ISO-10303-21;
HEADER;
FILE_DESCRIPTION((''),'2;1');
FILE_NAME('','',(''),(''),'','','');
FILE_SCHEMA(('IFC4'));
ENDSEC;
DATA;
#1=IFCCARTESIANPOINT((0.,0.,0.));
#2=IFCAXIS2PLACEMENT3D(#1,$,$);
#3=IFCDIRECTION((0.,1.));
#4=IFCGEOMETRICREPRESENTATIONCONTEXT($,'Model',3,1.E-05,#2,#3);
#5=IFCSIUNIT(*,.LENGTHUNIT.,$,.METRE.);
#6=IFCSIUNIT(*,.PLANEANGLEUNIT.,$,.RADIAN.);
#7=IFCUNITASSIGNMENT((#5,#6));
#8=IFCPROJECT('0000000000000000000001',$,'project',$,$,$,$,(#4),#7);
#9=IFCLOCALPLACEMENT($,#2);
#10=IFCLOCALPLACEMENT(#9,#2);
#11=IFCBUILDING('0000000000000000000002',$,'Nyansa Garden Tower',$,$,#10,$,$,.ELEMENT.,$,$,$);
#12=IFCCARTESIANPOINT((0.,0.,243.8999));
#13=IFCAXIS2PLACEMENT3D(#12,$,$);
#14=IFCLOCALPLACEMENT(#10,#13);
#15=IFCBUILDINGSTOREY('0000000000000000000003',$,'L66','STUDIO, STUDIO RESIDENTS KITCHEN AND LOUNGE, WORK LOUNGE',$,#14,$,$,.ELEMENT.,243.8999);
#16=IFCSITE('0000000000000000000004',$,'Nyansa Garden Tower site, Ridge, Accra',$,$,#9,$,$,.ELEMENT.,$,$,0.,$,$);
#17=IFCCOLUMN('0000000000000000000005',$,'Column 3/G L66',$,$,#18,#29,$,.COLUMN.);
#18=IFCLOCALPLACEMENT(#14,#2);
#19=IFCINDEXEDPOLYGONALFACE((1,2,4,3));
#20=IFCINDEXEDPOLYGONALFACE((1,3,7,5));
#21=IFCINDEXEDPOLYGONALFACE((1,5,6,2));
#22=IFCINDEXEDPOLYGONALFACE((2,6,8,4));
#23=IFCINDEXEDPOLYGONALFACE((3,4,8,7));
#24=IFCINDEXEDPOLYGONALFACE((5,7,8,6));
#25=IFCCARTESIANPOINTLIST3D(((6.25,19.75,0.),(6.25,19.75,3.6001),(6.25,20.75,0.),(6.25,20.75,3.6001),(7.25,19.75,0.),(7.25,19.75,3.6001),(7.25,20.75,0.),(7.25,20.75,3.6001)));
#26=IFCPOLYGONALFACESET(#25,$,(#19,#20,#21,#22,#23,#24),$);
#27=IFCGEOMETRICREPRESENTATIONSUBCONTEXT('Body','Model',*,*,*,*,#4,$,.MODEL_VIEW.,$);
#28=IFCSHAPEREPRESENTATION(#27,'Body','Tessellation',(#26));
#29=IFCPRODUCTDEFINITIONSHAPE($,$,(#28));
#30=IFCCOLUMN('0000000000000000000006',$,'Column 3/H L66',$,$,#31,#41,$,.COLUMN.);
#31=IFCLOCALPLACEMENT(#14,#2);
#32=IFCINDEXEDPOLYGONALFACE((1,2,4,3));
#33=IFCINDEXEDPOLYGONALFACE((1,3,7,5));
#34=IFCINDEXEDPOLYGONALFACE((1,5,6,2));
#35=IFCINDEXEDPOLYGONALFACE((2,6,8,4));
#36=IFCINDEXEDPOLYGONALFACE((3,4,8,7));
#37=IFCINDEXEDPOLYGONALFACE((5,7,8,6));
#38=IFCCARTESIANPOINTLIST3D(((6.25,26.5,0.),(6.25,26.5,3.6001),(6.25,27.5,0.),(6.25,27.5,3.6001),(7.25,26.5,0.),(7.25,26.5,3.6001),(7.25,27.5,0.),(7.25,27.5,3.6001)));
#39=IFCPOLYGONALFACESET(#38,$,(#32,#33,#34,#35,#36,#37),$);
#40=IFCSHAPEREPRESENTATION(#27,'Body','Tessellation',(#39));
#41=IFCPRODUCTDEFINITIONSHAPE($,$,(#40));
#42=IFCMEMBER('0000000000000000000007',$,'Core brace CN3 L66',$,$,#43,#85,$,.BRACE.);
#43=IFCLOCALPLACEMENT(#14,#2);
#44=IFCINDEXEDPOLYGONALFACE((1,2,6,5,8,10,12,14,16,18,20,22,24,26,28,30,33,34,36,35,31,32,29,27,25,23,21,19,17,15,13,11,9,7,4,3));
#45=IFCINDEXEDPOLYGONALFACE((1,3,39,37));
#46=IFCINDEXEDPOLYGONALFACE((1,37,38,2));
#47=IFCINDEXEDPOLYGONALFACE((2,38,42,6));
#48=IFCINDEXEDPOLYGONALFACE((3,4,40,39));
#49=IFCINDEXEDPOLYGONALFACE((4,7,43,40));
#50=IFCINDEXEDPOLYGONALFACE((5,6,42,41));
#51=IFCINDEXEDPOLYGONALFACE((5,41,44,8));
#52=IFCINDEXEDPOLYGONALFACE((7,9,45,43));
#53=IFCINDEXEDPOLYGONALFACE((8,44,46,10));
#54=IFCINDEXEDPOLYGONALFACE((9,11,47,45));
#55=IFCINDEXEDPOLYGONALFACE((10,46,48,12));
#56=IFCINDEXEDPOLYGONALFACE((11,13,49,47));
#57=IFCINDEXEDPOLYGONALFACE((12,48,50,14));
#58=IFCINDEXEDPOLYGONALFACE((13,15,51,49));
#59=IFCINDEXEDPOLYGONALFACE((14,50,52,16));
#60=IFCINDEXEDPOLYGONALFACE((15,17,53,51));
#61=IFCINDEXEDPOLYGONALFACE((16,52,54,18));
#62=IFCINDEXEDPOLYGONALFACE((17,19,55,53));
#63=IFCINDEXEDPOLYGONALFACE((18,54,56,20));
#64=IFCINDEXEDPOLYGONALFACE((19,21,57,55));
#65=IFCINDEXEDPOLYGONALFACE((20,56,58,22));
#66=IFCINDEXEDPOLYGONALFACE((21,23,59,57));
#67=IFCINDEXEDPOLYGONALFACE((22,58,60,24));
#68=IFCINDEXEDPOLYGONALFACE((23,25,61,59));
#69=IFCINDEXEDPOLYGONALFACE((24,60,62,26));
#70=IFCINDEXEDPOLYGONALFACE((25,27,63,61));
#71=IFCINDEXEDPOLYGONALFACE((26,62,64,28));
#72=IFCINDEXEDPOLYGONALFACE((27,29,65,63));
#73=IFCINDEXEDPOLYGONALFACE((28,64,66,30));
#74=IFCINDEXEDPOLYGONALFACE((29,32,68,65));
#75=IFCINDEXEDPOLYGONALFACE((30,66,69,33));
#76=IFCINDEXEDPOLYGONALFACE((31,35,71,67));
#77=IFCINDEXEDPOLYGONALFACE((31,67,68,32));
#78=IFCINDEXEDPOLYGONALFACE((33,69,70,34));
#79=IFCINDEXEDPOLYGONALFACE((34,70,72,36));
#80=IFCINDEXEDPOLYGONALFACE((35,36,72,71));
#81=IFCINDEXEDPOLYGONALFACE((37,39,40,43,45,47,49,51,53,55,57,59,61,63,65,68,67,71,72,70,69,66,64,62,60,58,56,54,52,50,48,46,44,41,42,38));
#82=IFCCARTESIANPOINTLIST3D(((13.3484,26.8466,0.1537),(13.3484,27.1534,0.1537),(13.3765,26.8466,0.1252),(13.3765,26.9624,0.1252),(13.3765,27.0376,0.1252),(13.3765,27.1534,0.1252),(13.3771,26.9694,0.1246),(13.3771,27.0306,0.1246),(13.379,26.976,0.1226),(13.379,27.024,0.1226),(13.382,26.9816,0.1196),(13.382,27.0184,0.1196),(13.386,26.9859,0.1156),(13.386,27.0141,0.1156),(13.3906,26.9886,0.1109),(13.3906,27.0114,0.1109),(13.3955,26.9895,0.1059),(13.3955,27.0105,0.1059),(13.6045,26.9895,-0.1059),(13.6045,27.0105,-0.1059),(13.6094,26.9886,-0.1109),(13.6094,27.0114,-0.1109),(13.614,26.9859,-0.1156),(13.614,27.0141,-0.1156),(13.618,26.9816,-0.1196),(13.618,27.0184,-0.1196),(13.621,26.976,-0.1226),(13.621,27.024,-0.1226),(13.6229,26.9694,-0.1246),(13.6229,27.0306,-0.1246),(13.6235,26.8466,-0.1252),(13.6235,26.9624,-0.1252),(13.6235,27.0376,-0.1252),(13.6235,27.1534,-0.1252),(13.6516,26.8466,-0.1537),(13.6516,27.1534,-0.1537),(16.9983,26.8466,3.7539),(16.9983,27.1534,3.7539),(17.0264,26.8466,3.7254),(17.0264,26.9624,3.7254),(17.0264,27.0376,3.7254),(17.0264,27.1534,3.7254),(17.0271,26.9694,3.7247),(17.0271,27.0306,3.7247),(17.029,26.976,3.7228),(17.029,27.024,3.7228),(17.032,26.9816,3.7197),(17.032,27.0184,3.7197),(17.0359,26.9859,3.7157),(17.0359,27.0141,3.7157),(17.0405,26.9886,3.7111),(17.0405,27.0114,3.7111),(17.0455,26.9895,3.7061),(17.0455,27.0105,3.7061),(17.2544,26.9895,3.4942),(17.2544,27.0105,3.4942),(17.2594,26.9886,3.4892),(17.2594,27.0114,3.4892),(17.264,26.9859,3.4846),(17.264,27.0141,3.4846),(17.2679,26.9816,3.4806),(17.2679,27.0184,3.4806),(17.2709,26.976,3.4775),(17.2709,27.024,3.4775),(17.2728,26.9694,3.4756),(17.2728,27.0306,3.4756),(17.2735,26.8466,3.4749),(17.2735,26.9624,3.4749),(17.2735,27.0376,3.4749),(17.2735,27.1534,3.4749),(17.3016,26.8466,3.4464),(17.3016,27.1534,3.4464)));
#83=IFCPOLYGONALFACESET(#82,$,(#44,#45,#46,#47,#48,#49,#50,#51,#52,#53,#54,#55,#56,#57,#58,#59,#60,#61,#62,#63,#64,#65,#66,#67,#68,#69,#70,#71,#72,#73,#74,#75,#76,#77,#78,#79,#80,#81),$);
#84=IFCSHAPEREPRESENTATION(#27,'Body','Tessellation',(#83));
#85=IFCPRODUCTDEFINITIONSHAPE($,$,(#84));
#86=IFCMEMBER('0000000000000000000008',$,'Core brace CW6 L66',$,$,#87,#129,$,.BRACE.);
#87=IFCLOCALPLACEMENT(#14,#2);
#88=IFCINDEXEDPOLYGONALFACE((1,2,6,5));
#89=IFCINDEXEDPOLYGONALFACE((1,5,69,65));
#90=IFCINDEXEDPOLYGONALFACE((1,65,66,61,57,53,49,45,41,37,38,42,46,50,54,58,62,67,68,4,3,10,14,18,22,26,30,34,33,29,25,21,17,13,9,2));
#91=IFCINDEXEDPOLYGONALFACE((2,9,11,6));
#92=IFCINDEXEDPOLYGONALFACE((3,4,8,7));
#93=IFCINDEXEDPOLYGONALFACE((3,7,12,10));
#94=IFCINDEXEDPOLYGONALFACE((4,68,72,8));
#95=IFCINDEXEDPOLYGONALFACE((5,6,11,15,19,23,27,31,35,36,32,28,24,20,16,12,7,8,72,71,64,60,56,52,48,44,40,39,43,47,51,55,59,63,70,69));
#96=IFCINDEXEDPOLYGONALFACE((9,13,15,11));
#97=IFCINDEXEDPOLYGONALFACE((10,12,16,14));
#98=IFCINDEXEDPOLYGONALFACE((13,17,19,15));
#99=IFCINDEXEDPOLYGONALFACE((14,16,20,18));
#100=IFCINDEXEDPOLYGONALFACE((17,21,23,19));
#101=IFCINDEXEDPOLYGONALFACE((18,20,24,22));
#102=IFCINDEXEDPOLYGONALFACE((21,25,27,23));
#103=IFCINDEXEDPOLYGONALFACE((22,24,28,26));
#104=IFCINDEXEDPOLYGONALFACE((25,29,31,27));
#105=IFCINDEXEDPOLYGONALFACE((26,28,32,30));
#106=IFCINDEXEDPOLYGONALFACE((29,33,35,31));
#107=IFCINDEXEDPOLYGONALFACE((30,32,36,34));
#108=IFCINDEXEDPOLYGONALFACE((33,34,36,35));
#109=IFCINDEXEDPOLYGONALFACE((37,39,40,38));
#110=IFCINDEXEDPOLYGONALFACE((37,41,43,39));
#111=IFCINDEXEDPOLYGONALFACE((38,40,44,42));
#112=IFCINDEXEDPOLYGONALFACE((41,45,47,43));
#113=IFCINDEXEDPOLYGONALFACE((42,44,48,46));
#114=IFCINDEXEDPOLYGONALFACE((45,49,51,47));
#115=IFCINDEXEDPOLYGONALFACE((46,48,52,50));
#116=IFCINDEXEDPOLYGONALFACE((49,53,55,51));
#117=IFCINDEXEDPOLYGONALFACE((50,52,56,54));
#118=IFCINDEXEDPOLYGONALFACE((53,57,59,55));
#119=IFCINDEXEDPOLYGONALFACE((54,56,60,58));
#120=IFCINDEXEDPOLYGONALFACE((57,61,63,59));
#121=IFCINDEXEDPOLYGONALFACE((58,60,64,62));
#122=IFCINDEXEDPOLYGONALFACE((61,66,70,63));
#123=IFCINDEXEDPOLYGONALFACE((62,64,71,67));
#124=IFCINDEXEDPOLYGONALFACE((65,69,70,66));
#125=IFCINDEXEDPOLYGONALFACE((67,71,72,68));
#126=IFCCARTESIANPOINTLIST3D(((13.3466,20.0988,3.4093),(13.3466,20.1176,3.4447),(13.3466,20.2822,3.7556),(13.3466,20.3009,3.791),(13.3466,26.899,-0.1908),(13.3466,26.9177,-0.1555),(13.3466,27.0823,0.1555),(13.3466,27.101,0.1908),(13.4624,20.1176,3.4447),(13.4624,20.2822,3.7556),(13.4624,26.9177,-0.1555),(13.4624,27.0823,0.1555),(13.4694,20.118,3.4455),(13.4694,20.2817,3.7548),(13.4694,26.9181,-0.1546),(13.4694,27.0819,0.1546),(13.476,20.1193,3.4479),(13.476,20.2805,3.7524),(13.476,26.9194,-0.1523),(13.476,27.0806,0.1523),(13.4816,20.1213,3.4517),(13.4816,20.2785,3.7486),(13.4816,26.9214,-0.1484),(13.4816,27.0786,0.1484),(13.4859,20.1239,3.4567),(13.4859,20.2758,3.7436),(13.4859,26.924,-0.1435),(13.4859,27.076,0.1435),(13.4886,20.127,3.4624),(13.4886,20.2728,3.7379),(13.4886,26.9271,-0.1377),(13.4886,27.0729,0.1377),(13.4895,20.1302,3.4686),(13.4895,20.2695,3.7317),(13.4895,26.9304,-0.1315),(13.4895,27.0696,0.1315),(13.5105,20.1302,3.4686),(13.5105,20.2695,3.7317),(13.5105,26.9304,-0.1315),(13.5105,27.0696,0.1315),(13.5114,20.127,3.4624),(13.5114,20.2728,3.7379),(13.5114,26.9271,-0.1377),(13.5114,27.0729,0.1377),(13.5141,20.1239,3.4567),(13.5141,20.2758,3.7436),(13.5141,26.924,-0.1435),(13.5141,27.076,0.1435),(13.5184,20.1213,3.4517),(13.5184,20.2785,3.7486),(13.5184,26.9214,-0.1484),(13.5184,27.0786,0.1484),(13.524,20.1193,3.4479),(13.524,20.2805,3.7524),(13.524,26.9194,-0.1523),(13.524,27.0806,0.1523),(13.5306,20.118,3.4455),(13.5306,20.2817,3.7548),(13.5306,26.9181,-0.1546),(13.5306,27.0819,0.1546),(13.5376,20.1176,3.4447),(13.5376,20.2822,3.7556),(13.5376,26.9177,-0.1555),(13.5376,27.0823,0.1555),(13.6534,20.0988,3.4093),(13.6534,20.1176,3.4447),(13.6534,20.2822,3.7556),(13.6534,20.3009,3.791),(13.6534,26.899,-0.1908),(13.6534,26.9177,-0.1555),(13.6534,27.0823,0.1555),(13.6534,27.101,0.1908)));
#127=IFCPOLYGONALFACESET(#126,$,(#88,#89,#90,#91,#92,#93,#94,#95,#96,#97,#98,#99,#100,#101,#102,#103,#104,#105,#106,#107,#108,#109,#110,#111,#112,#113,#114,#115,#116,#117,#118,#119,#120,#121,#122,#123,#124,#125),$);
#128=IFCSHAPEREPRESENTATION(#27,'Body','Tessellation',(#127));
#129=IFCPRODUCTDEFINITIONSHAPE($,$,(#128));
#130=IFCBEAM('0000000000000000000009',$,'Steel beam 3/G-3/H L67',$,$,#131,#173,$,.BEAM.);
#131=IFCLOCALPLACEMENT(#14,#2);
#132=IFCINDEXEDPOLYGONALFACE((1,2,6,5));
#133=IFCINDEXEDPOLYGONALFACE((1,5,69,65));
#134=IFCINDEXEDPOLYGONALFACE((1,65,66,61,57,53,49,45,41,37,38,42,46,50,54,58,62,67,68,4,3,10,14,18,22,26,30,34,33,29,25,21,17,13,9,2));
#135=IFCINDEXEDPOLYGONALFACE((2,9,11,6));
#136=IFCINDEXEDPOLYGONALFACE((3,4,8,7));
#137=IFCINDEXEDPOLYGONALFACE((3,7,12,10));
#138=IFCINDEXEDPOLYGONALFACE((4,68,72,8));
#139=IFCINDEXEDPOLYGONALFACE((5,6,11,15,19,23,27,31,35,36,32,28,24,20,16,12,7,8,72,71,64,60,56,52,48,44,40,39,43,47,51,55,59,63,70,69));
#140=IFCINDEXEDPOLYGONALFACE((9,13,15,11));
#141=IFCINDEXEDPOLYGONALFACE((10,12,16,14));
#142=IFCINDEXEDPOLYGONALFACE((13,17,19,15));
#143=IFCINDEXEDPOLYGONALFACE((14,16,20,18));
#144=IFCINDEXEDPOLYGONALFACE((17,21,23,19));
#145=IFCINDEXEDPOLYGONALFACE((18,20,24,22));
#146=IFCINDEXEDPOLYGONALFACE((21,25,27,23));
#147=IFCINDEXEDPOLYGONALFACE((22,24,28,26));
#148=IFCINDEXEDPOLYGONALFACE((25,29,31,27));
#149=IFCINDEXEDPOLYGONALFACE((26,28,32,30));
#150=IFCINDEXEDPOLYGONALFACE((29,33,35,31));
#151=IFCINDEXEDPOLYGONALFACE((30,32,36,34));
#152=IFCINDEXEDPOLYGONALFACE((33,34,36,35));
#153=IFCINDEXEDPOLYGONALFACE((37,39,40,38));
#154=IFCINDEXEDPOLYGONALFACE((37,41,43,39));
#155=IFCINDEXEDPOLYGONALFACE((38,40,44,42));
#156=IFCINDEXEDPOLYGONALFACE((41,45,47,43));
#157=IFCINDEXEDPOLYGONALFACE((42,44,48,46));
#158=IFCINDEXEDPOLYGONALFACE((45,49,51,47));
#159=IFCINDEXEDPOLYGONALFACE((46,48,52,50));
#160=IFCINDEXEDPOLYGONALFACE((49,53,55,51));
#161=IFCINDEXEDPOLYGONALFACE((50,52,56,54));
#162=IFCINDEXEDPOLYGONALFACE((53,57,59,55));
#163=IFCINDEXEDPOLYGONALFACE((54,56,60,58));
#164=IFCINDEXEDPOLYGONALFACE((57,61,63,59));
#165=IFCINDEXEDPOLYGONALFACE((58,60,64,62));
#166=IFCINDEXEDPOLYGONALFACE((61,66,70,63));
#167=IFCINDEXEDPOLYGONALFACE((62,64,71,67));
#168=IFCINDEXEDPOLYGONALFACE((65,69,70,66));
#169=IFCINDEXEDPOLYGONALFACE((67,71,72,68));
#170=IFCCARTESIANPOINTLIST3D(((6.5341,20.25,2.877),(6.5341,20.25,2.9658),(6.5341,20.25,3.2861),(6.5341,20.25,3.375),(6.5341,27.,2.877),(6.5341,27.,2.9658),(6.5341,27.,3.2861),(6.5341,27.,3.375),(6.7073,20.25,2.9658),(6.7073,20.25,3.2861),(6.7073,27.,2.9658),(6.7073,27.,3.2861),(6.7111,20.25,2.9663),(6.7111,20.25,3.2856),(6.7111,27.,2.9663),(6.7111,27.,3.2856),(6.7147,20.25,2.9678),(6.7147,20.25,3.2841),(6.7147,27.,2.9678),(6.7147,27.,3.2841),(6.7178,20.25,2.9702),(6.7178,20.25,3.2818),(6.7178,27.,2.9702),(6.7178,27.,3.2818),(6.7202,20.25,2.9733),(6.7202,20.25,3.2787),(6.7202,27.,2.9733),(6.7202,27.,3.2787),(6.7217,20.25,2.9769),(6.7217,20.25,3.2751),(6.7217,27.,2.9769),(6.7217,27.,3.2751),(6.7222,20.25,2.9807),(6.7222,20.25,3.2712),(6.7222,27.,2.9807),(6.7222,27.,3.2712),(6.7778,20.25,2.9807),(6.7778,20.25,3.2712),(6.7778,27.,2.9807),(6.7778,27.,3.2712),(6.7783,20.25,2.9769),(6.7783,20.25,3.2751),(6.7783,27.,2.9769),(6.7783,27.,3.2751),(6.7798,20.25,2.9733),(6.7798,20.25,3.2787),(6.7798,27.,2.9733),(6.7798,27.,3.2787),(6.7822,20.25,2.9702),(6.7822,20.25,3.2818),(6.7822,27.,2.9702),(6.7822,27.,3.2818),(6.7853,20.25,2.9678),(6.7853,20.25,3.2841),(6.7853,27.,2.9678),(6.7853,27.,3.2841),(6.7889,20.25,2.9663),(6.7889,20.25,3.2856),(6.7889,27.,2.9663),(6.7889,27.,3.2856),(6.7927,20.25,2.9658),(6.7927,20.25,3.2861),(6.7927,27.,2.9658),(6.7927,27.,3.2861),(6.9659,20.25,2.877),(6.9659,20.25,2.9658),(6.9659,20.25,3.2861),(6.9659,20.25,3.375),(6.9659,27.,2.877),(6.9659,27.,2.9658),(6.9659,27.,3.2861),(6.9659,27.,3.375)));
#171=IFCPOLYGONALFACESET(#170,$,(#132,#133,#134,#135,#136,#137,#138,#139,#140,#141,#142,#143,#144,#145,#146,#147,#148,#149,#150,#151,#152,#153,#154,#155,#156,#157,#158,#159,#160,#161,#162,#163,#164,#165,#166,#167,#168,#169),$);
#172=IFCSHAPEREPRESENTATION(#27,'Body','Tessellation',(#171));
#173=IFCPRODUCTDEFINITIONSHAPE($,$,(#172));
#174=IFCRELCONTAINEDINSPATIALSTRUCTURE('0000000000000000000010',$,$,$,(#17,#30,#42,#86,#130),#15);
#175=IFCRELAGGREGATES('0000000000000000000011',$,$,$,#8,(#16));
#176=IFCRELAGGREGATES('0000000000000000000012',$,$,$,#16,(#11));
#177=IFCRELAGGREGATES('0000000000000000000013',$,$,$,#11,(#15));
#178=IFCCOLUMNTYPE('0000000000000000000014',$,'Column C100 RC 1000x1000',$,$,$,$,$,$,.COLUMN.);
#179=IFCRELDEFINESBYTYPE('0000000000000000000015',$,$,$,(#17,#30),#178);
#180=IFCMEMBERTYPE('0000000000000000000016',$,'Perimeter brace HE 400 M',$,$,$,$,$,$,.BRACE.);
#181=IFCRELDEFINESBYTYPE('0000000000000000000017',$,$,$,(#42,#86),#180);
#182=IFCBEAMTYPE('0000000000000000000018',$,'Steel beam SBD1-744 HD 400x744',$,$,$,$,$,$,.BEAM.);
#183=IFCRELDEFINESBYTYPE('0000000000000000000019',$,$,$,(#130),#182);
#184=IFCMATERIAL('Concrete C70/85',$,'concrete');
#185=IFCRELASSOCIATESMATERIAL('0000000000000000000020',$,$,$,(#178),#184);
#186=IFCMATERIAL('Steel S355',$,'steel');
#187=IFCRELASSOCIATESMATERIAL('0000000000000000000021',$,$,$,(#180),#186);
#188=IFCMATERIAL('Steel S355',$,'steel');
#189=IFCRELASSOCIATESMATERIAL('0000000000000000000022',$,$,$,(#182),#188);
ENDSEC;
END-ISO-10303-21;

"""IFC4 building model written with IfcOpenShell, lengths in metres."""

from ifc_helpers import new_model, si_unit, direction, frame, origin, origin_2d, place, context, subcontext, project, spatial, rectangle, i_section, extrude, material, material_profile, profile_set, type_object, element, save


model = new_model("IFC4")

# Units and contexts
model_context = context("Model", 3, precision=1e-05, world=origin(), true_north=direction((0.0, 1.0)))
body_context = subcontext(model_context, "Body", "Model", "MODEL_VIEW")
ifc_project = project(units=[si_unit("LENGTHUNIT", "METRE"), si_unit("PLANEANGLEUNIT", "RADIAN")], contexts=[model_context])

# Site, building, storey
site_placement = place(None, origin())
site = spatial("IfcSite", under=ifc_project, at=site_placement, Name="Nyansa Garden Tower site, Ridge, Accra", CompositionType="ELEMENT", RefElevation=0.0)
building_placement = place(site_placement, origin())
building = spatial("IfcBuilding", under=site, at=building_placement, Name="Nyansa Garden Tower", CompositionType="ELEMENT")
storey_placement = place(building_placement, frame((0.0, 0.0, 243.8999)))
storey = spatial("IfcBuildingStorey", under=building, at=storey_placement, Name="L66", Description="STUDIO, STUDIO RESIDENTS KITCHEN AND LOUNGE, WORK LOUNGE", CompositionType="ELEMENT", Elevation=243.8999)

# Columns
ifc_material_1 = material(Name="Concrete C70/85", Category="concrete")
ifc_material_profile_1 = material_profile(ifc_material_1, rectangle(XDim=1.0, YDim=1.0, at=origin_2d()), Name="RC 1000x1000")
ifc_profile_set_1 = profile_set([ifc_material_profile_1], Name="Concrete C70/85")
column_type = type_object("IfcColumnType", Name="Column C100 RC 1000x1000", PredefinedType="COLUMN", material=ifc_profile_set_1)
for number, where, z_axis, x_axis, name in (
    (1, (6.75, 20.25, 0.0), (0.0, 0.0, 1.0), (1.0, 0.0, 0.0), "Column 3/G L66"),
    (2, (6.75, 27.0, 0.0), (0.0, 0.0, 1.0), (1.0, 0.0, 0.0), "Column 3/H L66"),
):
    element("IfcColumn", number, at=place(storey_placement, frame(where, z_axis=z_axis, x_axis=x_axis)), inside=storey, type_object=column_type, Name=name, PredefinedType="COLUMN", context=body_context, shape_type="SweptSolid", body=[
        extrude(rectangle(XDim=1.0, YDim=1.0, at=origin_2d()), origin(), (0.0, 0.0, 1.0), 3.6001),
    ])

# Members
ifc_material_2 = material(Name="Steel S355", Category="steel")
ifc_material_profile_2 = material_profile(ifc_material_2, i_section(OverallWidth=0.3069, OverallDepth=0.4319, WebThickness=0.021, FlangeThickness=0.04, FilletRadius=0.0271, at=origin_2d()), Name="HE 400 M")
ifc_profile_set_2 = profile_set([ifc_material_profile_2], Name="Steel S355")
member_type = type_object("IfcMemberType", Name="Perimeter brace HE 400 M", PredefinedType="BRACE", material=ifc_profile_set_2)
member_1_placement = place(storey_placement, frame((13.5, 27.0, 0.0), z_axis=(0.711948, 0.0, 0.702233), x_axis=(0.0, 1.0, 0.0)))
element("IfcMember", 3, at=member_1_placement, inside=storey, type_object=member_type, Name="Core brace CN3 L66", PredefinedType="BRACE", context=body_context, shape_type="SweptSolid", body=[
    extrude(i_section(OverallWidth=0.3069, OverallDepth=0.4319, WebThickness=0.021, FlangeThickness=0.04, FilletRadius=0.0271, at=origin_2d()), origin(), (0.0, 0.0, 1.0), 5.1267),
])
member_2_placement = place(storey_placement, frame((13.5, 27.0, 0.0), z_axis=(0.0, -0.883784, 0.467895), x_axis=(1.0, 0.0, 0.0)))
element("IfcMember", 4, at=member_2_placement, inside=storey, type_object=member_type, Name="Core brace CW6 L66", PredefinedType="BRACE", context=body_context, shape_type="SweptSolid", body=[
    extrude(i_section(OverallWidth=0.3069, OverallDepth=0.4319, WebThickness=0.021, FlangeThickness=0.04, FilletRadius=0.0271, at=origin_2d()), origin(), (0.0, 0.0, 1.0), 7.6943),
])

# Beam
ifc_material_3 = material(Name="Steel S355", Category="steel")
ifc_material_profile_3 = material_profile(ifc_material_3, i_section(OverallWidth=0.4319, OverallDepth=0.498, WebThickness=0.0557, FlangeThickness=0.0889, FilletRadius=0.0149, at=origin_2d()), Name="HD 400x744")
ifc_profile_set_3 = profile_set([ifc_material_profile_3], Name="Steel S355")
beam_type_1 = type_object("IfcBeamType", Name="Steel beam SBD1-744 HD 400x744", PredefinedType="BEAM", material=ifc_profile_set_3)
beam_1_placement = place(storey_placement, frame((6.75, 20.25, 3.126), z_axis=(0.0, 1.0, 0.0), x_axis=(-1.0, 0.0, 0.0)))
element("IfcBeam", 5, at=beam_1_placement, inside=storey, type_object=beam_type_1, Name="Steel beam 3/G-3/H L67", PredefinedType="BEAM", context=body_context, shape_type="SweptSolid", body=[
    extrude(i_section(OverallWidth=0.4319, OverallDepth=0.498, WebThickness=0.0557, FlangeThickness=0.0889, FilletRadius=0.0149, at=origin_2d()), origin(), (0.0, 0.0, 1.0), 6.75),
])

save(model, "model.ifc")
